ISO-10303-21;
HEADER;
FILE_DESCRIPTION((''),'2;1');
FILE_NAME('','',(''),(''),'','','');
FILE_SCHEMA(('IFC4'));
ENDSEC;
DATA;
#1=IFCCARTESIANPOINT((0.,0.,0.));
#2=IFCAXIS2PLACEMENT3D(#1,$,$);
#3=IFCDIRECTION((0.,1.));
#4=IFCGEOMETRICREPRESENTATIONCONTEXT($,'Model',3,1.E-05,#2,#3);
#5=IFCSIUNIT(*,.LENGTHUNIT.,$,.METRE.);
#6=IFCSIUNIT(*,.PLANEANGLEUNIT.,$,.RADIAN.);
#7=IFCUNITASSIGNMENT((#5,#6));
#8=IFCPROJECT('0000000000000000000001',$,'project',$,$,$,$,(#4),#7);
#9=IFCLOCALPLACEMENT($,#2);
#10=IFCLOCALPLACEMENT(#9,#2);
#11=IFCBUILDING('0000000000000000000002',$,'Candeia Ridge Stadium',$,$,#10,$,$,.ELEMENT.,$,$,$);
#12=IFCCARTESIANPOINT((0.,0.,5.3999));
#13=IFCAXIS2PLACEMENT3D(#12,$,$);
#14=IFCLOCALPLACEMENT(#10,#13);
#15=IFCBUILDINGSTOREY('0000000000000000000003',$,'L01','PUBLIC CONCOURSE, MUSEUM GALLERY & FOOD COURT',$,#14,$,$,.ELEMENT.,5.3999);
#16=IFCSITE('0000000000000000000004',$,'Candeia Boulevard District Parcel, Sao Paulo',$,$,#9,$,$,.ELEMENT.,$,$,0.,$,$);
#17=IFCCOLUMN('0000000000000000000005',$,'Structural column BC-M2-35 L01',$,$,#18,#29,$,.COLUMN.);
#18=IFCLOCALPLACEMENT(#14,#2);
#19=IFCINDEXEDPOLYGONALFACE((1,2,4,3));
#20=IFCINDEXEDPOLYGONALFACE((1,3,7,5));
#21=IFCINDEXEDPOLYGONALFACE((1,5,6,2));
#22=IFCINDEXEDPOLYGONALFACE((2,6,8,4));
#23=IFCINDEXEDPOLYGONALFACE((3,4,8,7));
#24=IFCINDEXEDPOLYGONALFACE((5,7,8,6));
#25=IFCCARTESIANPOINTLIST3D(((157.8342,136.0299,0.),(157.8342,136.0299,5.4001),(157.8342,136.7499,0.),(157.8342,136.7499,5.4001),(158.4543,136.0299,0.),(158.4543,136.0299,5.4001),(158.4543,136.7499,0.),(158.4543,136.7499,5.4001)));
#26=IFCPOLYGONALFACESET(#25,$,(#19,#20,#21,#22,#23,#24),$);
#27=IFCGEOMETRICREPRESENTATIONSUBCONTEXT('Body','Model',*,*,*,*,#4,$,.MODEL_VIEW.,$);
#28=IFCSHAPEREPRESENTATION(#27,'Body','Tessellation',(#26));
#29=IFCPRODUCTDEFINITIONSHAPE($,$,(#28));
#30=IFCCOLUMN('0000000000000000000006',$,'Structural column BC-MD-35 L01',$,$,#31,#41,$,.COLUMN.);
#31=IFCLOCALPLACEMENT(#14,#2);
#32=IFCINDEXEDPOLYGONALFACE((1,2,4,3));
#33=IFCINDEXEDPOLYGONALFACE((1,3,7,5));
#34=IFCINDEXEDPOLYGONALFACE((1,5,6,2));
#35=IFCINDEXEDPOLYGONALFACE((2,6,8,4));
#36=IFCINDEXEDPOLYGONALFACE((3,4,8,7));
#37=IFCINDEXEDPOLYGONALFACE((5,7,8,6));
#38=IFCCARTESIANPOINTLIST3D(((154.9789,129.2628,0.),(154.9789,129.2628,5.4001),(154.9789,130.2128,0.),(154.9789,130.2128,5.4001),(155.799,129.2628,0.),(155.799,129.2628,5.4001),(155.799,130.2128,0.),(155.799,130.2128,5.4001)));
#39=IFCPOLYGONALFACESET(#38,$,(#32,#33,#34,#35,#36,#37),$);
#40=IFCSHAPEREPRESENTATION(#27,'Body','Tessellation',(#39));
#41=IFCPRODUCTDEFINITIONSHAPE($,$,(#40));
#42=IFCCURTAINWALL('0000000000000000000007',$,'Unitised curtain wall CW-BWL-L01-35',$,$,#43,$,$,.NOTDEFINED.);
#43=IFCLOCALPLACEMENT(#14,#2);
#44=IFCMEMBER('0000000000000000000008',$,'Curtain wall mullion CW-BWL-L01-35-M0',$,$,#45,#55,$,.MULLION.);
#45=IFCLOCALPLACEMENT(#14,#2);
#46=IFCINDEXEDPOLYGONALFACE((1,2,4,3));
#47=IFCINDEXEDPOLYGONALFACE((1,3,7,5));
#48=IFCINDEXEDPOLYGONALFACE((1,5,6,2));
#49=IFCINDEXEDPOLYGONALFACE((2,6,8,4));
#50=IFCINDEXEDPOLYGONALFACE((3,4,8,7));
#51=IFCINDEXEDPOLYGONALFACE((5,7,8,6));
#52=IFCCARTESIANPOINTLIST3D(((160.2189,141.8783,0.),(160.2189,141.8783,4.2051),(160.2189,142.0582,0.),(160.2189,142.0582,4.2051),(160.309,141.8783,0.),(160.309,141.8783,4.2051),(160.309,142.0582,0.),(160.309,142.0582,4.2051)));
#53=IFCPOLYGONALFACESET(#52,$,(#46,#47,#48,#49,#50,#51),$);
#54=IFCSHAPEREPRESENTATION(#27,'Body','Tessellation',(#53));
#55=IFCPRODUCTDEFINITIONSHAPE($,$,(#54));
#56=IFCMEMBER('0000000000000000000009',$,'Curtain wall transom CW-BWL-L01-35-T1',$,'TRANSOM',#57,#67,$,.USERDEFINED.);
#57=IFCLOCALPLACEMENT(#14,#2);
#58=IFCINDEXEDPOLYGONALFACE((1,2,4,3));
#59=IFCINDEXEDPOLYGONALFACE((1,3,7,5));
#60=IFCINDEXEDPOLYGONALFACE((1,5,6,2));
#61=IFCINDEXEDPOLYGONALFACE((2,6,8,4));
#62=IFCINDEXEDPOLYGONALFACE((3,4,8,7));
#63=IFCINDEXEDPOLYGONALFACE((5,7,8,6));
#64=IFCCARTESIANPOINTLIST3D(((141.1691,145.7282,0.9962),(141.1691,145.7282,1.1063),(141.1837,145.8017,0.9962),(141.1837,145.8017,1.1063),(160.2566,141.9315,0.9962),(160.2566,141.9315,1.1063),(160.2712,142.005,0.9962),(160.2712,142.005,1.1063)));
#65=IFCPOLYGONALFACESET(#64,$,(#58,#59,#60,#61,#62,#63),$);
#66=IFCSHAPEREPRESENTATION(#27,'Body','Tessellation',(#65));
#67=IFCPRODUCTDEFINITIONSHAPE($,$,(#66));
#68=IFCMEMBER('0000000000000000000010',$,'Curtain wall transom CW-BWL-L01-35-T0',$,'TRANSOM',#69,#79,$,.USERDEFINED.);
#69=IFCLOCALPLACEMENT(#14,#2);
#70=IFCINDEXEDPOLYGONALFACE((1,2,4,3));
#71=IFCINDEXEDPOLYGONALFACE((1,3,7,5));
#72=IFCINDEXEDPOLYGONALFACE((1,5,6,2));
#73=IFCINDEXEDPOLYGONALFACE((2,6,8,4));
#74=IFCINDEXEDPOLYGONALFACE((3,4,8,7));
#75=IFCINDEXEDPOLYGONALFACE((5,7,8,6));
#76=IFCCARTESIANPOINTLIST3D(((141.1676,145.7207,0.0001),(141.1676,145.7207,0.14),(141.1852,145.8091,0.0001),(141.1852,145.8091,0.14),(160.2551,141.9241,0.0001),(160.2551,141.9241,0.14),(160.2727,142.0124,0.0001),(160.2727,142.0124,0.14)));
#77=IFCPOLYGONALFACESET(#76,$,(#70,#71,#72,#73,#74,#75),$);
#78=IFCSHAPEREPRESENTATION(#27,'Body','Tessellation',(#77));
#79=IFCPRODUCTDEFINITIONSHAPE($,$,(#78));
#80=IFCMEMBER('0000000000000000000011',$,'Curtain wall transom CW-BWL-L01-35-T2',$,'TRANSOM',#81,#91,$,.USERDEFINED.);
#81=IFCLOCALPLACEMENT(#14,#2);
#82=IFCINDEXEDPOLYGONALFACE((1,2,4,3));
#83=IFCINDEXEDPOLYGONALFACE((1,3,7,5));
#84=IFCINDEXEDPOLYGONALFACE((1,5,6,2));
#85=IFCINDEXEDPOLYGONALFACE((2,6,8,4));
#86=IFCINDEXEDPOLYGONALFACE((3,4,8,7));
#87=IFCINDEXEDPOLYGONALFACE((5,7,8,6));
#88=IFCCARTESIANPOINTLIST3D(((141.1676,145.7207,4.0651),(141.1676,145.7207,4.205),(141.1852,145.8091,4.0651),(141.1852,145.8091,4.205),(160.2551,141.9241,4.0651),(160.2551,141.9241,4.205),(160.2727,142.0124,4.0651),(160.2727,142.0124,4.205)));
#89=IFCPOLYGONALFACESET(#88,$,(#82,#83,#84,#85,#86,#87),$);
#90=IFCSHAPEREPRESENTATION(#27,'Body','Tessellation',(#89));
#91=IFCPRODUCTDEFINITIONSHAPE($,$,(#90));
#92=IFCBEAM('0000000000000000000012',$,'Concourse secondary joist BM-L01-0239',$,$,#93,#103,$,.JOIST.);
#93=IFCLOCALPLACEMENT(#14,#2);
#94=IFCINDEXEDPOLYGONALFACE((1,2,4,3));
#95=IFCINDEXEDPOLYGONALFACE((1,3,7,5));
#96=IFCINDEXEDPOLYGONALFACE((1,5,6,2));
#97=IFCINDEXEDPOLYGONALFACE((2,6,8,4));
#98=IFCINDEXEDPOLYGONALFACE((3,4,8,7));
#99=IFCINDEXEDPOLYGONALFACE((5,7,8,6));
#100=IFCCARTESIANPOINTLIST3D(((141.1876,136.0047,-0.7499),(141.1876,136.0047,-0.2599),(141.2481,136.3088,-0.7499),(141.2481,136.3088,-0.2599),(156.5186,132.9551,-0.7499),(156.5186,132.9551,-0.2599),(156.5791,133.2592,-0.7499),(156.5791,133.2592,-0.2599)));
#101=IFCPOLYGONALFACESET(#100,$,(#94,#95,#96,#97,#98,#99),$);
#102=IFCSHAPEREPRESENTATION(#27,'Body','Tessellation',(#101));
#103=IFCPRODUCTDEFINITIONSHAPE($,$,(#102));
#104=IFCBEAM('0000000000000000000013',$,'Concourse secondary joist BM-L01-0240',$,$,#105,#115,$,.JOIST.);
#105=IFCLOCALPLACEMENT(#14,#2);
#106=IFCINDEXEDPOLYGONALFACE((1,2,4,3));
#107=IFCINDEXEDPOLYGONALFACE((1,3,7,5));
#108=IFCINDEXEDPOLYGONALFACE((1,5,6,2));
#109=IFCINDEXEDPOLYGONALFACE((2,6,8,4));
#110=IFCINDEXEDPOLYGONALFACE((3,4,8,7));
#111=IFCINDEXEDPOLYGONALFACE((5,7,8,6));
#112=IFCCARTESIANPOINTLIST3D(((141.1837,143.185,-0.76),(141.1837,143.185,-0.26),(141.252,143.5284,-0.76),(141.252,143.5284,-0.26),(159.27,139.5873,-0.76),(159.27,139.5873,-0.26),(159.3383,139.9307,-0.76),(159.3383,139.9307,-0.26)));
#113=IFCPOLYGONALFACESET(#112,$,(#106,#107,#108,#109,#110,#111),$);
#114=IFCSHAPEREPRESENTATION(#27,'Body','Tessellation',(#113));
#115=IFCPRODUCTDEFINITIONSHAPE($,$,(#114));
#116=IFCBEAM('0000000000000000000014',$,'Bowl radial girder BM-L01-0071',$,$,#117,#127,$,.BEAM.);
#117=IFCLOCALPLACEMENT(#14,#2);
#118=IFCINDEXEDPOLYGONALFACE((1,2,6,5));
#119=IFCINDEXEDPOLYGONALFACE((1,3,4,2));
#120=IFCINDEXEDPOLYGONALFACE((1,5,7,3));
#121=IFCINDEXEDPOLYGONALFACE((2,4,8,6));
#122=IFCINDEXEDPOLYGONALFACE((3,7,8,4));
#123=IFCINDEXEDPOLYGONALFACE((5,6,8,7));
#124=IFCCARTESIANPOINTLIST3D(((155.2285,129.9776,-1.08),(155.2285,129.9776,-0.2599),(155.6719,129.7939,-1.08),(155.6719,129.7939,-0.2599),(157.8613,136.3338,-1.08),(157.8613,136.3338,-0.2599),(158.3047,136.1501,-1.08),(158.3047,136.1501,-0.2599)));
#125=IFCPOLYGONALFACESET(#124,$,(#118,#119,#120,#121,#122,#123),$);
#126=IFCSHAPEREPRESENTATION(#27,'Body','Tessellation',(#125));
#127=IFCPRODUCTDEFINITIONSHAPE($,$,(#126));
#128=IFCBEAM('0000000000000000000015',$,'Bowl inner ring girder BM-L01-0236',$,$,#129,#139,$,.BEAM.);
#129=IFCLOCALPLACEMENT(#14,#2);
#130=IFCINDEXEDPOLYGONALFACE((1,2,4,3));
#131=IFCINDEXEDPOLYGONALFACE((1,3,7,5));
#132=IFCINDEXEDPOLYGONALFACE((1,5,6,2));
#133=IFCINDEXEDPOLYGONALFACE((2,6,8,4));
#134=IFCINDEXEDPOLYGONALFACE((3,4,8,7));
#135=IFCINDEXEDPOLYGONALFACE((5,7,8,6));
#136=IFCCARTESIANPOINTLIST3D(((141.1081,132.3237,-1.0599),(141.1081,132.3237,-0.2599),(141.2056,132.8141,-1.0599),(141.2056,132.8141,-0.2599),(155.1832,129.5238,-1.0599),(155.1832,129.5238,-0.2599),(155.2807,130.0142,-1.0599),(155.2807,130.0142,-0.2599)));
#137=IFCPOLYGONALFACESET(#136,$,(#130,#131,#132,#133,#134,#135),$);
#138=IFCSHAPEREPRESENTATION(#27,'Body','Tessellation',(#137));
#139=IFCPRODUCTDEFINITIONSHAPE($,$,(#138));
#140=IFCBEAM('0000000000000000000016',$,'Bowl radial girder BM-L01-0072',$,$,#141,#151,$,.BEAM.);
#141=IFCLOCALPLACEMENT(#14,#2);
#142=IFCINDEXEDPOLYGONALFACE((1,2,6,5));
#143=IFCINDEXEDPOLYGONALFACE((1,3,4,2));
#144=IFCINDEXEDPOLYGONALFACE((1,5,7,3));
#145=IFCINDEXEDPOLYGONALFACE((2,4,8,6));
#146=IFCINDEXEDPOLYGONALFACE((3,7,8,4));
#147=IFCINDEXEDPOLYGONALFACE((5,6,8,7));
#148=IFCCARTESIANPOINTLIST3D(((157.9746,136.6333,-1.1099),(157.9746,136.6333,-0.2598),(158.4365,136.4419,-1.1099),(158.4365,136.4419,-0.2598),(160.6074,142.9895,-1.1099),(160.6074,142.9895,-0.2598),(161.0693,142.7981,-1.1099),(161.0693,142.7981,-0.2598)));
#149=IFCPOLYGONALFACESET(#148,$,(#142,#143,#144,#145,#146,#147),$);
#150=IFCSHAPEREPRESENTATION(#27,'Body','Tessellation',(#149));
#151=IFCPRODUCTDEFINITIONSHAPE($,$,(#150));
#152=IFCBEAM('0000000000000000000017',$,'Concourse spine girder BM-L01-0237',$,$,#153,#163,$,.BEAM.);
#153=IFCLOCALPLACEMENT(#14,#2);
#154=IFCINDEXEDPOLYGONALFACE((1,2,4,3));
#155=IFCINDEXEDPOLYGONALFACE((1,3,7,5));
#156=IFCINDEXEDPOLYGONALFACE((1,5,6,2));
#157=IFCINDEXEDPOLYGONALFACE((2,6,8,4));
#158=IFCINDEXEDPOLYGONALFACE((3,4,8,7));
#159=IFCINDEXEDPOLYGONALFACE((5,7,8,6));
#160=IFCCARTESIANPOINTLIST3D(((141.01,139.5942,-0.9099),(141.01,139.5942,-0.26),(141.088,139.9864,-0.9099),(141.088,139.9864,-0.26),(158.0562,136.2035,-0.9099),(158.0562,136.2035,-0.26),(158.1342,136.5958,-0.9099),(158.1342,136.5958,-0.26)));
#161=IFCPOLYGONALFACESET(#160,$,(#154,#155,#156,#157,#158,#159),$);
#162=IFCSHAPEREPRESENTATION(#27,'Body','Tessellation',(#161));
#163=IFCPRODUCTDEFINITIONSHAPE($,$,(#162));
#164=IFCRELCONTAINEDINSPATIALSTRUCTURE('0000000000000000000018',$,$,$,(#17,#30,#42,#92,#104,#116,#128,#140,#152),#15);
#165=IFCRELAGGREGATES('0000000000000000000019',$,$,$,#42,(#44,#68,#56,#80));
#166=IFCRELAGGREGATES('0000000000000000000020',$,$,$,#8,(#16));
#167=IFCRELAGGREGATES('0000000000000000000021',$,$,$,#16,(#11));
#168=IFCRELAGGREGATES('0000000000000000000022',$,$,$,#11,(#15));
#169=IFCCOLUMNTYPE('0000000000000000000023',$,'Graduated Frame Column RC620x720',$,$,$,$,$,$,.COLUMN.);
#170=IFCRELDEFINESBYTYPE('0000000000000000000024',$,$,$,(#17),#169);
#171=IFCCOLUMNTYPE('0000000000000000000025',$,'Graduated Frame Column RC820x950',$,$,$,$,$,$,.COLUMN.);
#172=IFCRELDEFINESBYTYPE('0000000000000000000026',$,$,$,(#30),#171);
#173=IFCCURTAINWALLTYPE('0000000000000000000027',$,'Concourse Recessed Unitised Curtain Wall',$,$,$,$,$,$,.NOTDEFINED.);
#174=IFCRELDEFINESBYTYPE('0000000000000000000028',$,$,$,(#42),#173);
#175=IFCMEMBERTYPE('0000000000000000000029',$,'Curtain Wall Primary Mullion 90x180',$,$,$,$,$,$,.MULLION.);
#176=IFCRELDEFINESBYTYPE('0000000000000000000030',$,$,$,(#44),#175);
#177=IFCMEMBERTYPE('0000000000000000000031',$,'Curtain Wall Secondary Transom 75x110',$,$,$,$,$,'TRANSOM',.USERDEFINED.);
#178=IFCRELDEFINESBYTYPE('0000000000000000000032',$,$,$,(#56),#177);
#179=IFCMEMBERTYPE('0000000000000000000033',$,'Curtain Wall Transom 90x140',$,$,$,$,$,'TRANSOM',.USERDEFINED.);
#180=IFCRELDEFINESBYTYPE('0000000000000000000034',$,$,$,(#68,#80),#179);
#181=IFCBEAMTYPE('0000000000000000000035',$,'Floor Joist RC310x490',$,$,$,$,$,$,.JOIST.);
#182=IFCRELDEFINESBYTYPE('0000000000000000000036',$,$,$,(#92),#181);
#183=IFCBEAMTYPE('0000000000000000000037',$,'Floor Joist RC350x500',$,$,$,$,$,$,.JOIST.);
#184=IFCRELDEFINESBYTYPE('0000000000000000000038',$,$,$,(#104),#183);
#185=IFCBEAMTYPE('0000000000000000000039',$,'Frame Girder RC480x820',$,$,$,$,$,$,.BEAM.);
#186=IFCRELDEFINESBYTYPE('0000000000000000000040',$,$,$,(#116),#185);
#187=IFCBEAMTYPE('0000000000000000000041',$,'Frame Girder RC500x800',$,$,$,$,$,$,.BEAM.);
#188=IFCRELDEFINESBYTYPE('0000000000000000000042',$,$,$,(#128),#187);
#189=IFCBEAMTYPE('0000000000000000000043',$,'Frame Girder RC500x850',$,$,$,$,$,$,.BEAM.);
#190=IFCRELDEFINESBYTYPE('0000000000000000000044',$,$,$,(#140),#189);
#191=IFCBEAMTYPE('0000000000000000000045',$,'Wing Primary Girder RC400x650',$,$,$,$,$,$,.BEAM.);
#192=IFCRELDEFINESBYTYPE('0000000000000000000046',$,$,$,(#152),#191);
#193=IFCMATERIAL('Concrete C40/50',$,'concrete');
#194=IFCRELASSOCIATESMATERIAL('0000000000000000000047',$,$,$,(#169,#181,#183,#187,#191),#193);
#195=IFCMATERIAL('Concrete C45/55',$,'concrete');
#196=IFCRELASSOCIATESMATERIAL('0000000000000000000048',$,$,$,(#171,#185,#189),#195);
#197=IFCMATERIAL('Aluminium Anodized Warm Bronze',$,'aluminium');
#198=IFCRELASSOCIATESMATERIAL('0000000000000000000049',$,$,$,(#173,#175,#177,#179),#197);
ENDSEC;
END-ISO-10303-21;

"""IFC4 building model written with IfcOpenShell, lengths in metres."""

from ifc_helpers import new_model, si_unit, direction, frame, origin, origin_2d, place, context, subcontext, project, spatial, rectangle, extrude, material, material_profile, profile_set, type_object, element, aggregate, save


model = new_model("IFC4")

# Units and contexts
model_context = context("Model", 3, precision=1e-05, world=origin(), true_north=direction((0.0, 1.0)))
body_context = subcontext(model_context, "Body", "Model", "MODEL_VIEW")
ifc_project = project(units=[si_unit("LENGTHUNIT", "METRE"), si_unit("PLANEANGLEUNIT", "RADIAN")], contexts=[model_context])

# Site, building, storey
site_placement = place(None, origin())
site = spatial("IfcSite", under=ifc_project, at=site_placement, Name="Candeia Boulevard District Parcel, Sao Paulo", CompositionType="ELEMENT", RefElevation=0.0)
building_placement = place(site_placement, origin())
building = spatial("IfcBuilding", under=site, at=building_placement, Name="Candeia Ridge Stadium", CompositionType="ELEMENT")
storey_placement = place(building_placement, frame((0.0, 0.0, 5.3999)))
storey = spatial("IfcBuildingStorey", under=building, at=storey_placement, Name="L01", Description="PUBLIC CONCOURSE, MUSEUM GALLERY & FOOD COURT", CompositionType="ELEMENT", Elevation=5.3999)

# Columns
ifc_material_1 = material(Name="Concrete C40/50", Category="concrete")
ifc_material_profile_1 = material_profile(ifc_material_1, rectangle(XDim=0.6201, YDim=0.72, at=origin_2d()), Name="RC620x720", Category="concrete")
ifc_profile_set_1 = profile_set([ifc_material_profile_1], Name="Concrete C40/50")
column_type_1 = type_object("IfcColumnType", Name="Graduated Frame Column RC620x720", PredefinedType="COLUMN", material=ifc_profile_set_1)
column_1_placement = place(storey_placement, frame((158.1443, 136.3899, 0.0), z_axis=(0.0, 0.0, 1.0), x_axis=(1.0, 0.0, 0.0)))
element("IfcColumn", 1, at=column_1_placement, inside=storey, type_object=column_type_1, Name="Structural column BC-M2-35 L01", PredefinedType="COLUMN", context=body_context, shape_type="SweptSolid", body=[
    extrude(rectangle(XDim=0.6201, YDim=0.72, at=origin_2d()), origin(), (0.0, 0.0, 1.0), 5.4001),
])
ifc_material_2 = material(Name="Concrete C45/55", Category="concrete")
ifc_material_profile_2 = material_profile(ifc_material_2, rectangle(XDim=0.8201, YDim=0.95, at=origin_2d()), Name="RC820x950", Category="concrete")
ifc_profile_set_2 = profile_set([ifc_material_profile_2], Name="Concrete C45/55")
column_type_2 = type_object("IfcColumnType", Name="Graduated Frame Column RC820x950", PredefinedType="COLUMN", material=ifc_profile_set_2)
column_2_placement = place(storey_placement, frame((155.3889, 129.7378, 0.0), z_axis=(0.0, 0.0, 1.0), x_axis=(1.0, 0.0, 0.0)))
element("IfcColumn", 2, at=column_2_placement, inside=storey, type_object=column_type_2, Name="Structural column BC-MD-35 L01", PredefinedType="COLUMN", context=body_context, shape_type="SweptSolid", body=[
    extrude(rectangle(XDim=0.8201, YDim=0.95, at=origin_2d()), origin(), (0.0, 0.0, 1.0), 5.4001),
])

# Curtain wall, members
ifc_material_3 = material(Name="Aluminium Anodized Warm Bronze", Category="aluminium")
curtain_wall_type = type_object("IfcCurtainWallType", Name="Concourse Recessed Unitised Curtain Wall", PredefinedType="NOTDEFINED", material=ifc_material_3)
curtain_wall_placement = place(storey_placement, origin())
curtain_wall = element("IfcCurtainWall", 3, at=curtain_wall_placement, inside=storey, type_object=curtain_wall_type, Name="Unitised curtain wall CW-BWL-L01-35", PredefinedType="NOTDEFINED")
ifc_material_profile_3 = material_profile(ifc_material_3, rectangle(XDim=0.0901, YDim=0.1799, at=origin_2d()), Name="CWM-90x180", Category="aluminium")
ifc_profile_set_3 = profile_set([ifc_material_profile_3], Name="Aluminium Anodized Warm Bronze")
member_type_1 = type_object("IfcMemberType", Name="Curtain Wall Primary Mullion 90x180", PredefinedType="MULLION", material=ifc_profile_set_3)
member_1_placement = place(storey_placement, frame((160.2639, 141.9683, 0.0), z_axis=(0.0, 0.0, 1.0), x_axis=(1.0, 0.0, 0.0)))
member_1 = element("IfcMember", 4, at=member_1_placement, type_object=member_type_1, Name="Curtain wall mullion CW-BWL-L01-35-M0", PredefinedType="MULLION", context=body_context, shape_type="SweptSolid", body=[
    extrude(rectangle(XDim=0.0901, YDim=0.1799, at=origin_2d()), origin(), (0.0, 0.0, 1.0), 4.2051),
])
ifc_material_profile_4 = material_profile(ifc_material_3, rectangle(XDim=0.075, YDim=0.1101, at=origin_2d()), Name="CWT-75x110", Category="aluminium")
ifc_profile_set_4 = profile_set([ifc_material_profile_4], Name="Aluminium Anodized Warm Bronze")
member_type_2 = type_object("IfcMemberType", Name="Curtain Wall Secondary Transom 75x110", ElementType="TRANSOM", PredefinedType="USERDEFINED", material=ifc_profile_set_4)
member_2_placement = place(storey_placement, frame((160.2639, 141.9683, 1.0513), z_axis=(-0.980786, 0.195086, 0.0), x_axis=(-0.195086, -0.980786, 0.0)))
member_2 = element("IfcMember", 5, at=member_2_placement, type_object=member_type_2, Name="Curtain wall transom CW-BWL-L01-35-T1", ObjectType="TRANSOM", PredefinedType="USERDEFINED", context=body_context, shape_type="SweptSolid", body=[
    extrude(rectangle(XDim=0.075, YDim=0.1101, at=origin_2d()), origin(), (0.0, 0.0, 1.0), 19.4614),
])
ifc_material_profile_5 = material_profile(ifc_material_3, rectangle(XDim=0.0901, YDim=0.1399, at=origin_2d()), Name="CWT-90x140", Category="aluminium")
ifc_profile_set_5 = profile_set([ifc_material_profile_5], Name="Aluminium Anodized Warm Bronze")
member_type_3 = type_object("IfcMemberType", Name="Curtain Wall Transom 90x140", ElementType="TRANSOM", PredefinedType="USERDEFINED", material=ifc_profile_set_5)
member_3_placement = place(storey_placement, frame((160.2639, 141.9683, 0.0701), z_axis=(-0.980786, 0.195086, 0.0), x_axis=(-0.195086, -0.980786, 0.0)))
member_3 = element("IfcMember", 6, at=member_3_placement, type_object=member_type_3, Name="Curtain wall transom CW-BWL-L01-35-T0", ObjectType="TRANSOM", PredefinedType="USERDEFINED", context=body_context, shape_type="SweptSolid", body=[
    extrude(rectangle(XDim=0.0901, YDim=0.1399, at=origin_2d()), origin(), (0.0, 0.0, 1.0), 19.4614),
])
member_4_placement = place(storey_placement, frame((160.2639, 141.9683, 4.135), z_axis=(-0.980786, 0.195086, 0.0), x_axis=(-0.195086, -0.980786, 0.0)))
member_4 = element("IfcMember", 7, at=member_4_placement, type_object=member_type_3, Name="Curtain wall transom CW-BWL-L01-35-T2", ObjectType="TRANSOM", PredefinedType="USERDEFINED", context=body_context, shape_type="SweptSolid", body=[
    extrude(rectangle(XDim=0.0901, YDim=0.1399, at=origin_2d()), origin(), (0.0, 0.0, 1.0), 19.4614),
])
aggregate(curtain_wall, [member_1, member_3, member_2, member_4])

# Beams
ifc_material_profile_6 = material_profile(ifc_material_1, rectangle(XDim=0.3101, YDim=0.49, at=origin_2d()), Name="RC310x490", Category="concrete")
ifc_profile_set_6 = profile_set([ifc_material_profile_6], Name="Concrete C40/50")
beam_type_1 = type_object("IfcBeamType", Name="Floor Joist RC310x490", PredefinedType="JOIST", material=ifc_profile_set_6)
beam_1_placement = place(storey_placement, frame((156.5488, 133.1072, -0.5049), z_axis=(-0.980785, 0.195092, 0.0), x_axis=(-0.195092, -0.980785, 0.0)))
element("IfcBeam", 8, at=beam_1_placement, inside=storey, type_object=beam_type_1, Name="Concourse secondary joist BM-L01-0239", PredefinedType="JOIST", context=body_context, shape_type="SweptSolid", body=[
    extrude(rectangle(XDim=0.3101, YDim=0.49, at=origin_2d()), origin(), (0.0, 0.0, 1.0), 15.6313),
])
ifc_material_profile_7 = material_profile(ifc_material_1, rectangle(XDim=0.3501, YDim=0.5, at=origin_2d()), Name="RC350x500", Category="concrete")
ifc_profile_set_7 = profile_set([ifc_material_profile_7], Name="Concrete C40/50")
beam_type_2 = type_object("IfcBeamType", Name="Floor Joist RC350x500", PredefinedType="JOIST", material=ifc_profile_set_7)
beam_2_placement = place(storey_placement, frame((159.3042, 139.759, -0.51), z_axis=(-0.980785, 0.195093, 0.0), x_axis=(-0.195093, -0.980785, 0.0)))
element("IfcBeam", 9, at=beam_2_placement, inside=storey, type_object=beam_type_2, Name="Concourse secondary joist BM-L01-0240", PredefinedType="JOIST", context=body_context, shape_type="SweptSolid", body=[
    extrude(rectangle(XDim=0.3501, YDim=0.5, at=origin_2d()), origin(), (0.0, 0.0, 1.0), 18.4407),
])
ifc_material_profile_8 = material_profile(ifc_material_2, rectangle(XDim=0.48, YDim=0.8201, at=origin_2d()), Name="RC480x820", Category="concrete")
ifc_profile_set_8 = profile_set([ifc_material_profile_8], Name="Concrete C45/55")
beam_type_3 = type_object("IfcBeamType", Name="Frame Girder RC480x820", PredefinedType="BEAM", material=ifc_profile_set_8)
beam_3_placement = place(storey_placement, frame((155.4502, 129.8857, -0.6699), z_axis=(0.382682, 0.92388, 0.0), x_axis=(-0.92388, 0.382682, 0.0)))
element("IfcBeam", 10, at=beam_3_placement, inside=storey, type_object=beam_type_3, Name="Bowl radial girder BM-L01-0071", PredefinedType="BEAM", context=body_context, shape_type="SweptSolid", body=[
    extrude(rectangle(XDim=0.48, YDim=0.8201, at=origin_2d()), origin(), (0.0, 0.0, 1.0), 6.8799),
])
ifc_material_profile_9 = material_profile(ifc_material_1, rectangle(XDim=0.5, YDim=0.8, at=origin_2d()), Name="RC500x800", Category="concrete")
ifc_profile_set_9 = profile_set([ifc_material_profile_9], Name="Concrete C40/50")
beam_type_4 = type_object("IfcBeamType", Name="Frame Girder RC500x800", PredefinedType="BEAM", material=ifc_profile_set_9)
beam_4_placement = place(storey_placement, frame((155.2319, 129.769, -0.6599), z_axis=(-0.980784, 0.195099, 0.0), x_axis=(-0.195099, -0.980784, 0.0)))
element("IfcBeam", 11, at=beam_4_placement, inside=storey, type_object=beam_type_4, Name="Bowl inner ring girder BM-L01-0236", PredefinedType="BEAM", context=body_context, shape_type="SweptSolid", body=[
    extrude(rectangle(XDim=0.5, YDim=0.8, at=origin_2d()), origin(), (0.0, 0.0, 1.0), 14.3508),
])
ifc_material_profile_10 = material_profile(ifc_material_2, rectangle(XDim=0.5, YDim=0.8501, at=origin_2d()), Name="RC500x850", Category="concrete")
ifc_profile_set_10 = profile_set([ifc_material_profile_10], Name="Concrete C45/55")
beam_type_5 = type_object("IfcBeamType", Name="Frame Girder RC500x850", PredefinedType="BEAM", material=ifc_profile_set_10)
beam_5_placement = place(storey_placement, frame((158.2056, 136.5376, -0.6848), z_axis=(0.382682, 0.92388, 0.0), x_axis=(-0.92388, 0.382682, 0.0)))
element("IfcBeam", 12, at=beam_5_placement, inside=storey, type_object=beam_type_5, Name="Bowl radial girder BM-L01-0072", PredefinedType="BEAM", context=body_context, shape_type="SweptSolid", body=[
    extrude(rectangle(XDim=0.5, YDim=0.8501, at=origin_2d()), origin(), (0.0, 0.0, 1.0), 6.8799),
])
ifc_material_profile_11 = material_profile(ifc_material_1, rectangle(XDim=0.3999, YDim=0.6499, at=origin_2d()), Name="RC400x650", Category="concrete")
ifc_profile_set_11 = profile_set([ifc_material_profile_11], Name="Concrete C40/50")
beam_type_6 = type_object("IfcBeamType", Name="Wing Primary Girder RC400x650", PredefinedType="BEAM", material=ifc_profile_set_11)
beam_6_placement = place(storey_placement, frame((158.0952, 136.3997, -0.585), z_axis=(-0.980786, 0.195087, 0.0), x_axis=(-0.195087, -0.980786, 0.0)))
element("IfcBeam", 13, at=beam_6_placement, inside=storey, type_object=beam_type_6, Name="Concourse spine girder BM-L01-0237", PredefinedType="BEAM", context=body_context, shape_type="SweptSolid", body=[
    extrude(rectangle(XDim=0.3999, YDim=0.6499, at=origin_2d()), origin(), (0.0, 0.0, 1.0), 17.3801),
])

save(model, "model.ifc")
